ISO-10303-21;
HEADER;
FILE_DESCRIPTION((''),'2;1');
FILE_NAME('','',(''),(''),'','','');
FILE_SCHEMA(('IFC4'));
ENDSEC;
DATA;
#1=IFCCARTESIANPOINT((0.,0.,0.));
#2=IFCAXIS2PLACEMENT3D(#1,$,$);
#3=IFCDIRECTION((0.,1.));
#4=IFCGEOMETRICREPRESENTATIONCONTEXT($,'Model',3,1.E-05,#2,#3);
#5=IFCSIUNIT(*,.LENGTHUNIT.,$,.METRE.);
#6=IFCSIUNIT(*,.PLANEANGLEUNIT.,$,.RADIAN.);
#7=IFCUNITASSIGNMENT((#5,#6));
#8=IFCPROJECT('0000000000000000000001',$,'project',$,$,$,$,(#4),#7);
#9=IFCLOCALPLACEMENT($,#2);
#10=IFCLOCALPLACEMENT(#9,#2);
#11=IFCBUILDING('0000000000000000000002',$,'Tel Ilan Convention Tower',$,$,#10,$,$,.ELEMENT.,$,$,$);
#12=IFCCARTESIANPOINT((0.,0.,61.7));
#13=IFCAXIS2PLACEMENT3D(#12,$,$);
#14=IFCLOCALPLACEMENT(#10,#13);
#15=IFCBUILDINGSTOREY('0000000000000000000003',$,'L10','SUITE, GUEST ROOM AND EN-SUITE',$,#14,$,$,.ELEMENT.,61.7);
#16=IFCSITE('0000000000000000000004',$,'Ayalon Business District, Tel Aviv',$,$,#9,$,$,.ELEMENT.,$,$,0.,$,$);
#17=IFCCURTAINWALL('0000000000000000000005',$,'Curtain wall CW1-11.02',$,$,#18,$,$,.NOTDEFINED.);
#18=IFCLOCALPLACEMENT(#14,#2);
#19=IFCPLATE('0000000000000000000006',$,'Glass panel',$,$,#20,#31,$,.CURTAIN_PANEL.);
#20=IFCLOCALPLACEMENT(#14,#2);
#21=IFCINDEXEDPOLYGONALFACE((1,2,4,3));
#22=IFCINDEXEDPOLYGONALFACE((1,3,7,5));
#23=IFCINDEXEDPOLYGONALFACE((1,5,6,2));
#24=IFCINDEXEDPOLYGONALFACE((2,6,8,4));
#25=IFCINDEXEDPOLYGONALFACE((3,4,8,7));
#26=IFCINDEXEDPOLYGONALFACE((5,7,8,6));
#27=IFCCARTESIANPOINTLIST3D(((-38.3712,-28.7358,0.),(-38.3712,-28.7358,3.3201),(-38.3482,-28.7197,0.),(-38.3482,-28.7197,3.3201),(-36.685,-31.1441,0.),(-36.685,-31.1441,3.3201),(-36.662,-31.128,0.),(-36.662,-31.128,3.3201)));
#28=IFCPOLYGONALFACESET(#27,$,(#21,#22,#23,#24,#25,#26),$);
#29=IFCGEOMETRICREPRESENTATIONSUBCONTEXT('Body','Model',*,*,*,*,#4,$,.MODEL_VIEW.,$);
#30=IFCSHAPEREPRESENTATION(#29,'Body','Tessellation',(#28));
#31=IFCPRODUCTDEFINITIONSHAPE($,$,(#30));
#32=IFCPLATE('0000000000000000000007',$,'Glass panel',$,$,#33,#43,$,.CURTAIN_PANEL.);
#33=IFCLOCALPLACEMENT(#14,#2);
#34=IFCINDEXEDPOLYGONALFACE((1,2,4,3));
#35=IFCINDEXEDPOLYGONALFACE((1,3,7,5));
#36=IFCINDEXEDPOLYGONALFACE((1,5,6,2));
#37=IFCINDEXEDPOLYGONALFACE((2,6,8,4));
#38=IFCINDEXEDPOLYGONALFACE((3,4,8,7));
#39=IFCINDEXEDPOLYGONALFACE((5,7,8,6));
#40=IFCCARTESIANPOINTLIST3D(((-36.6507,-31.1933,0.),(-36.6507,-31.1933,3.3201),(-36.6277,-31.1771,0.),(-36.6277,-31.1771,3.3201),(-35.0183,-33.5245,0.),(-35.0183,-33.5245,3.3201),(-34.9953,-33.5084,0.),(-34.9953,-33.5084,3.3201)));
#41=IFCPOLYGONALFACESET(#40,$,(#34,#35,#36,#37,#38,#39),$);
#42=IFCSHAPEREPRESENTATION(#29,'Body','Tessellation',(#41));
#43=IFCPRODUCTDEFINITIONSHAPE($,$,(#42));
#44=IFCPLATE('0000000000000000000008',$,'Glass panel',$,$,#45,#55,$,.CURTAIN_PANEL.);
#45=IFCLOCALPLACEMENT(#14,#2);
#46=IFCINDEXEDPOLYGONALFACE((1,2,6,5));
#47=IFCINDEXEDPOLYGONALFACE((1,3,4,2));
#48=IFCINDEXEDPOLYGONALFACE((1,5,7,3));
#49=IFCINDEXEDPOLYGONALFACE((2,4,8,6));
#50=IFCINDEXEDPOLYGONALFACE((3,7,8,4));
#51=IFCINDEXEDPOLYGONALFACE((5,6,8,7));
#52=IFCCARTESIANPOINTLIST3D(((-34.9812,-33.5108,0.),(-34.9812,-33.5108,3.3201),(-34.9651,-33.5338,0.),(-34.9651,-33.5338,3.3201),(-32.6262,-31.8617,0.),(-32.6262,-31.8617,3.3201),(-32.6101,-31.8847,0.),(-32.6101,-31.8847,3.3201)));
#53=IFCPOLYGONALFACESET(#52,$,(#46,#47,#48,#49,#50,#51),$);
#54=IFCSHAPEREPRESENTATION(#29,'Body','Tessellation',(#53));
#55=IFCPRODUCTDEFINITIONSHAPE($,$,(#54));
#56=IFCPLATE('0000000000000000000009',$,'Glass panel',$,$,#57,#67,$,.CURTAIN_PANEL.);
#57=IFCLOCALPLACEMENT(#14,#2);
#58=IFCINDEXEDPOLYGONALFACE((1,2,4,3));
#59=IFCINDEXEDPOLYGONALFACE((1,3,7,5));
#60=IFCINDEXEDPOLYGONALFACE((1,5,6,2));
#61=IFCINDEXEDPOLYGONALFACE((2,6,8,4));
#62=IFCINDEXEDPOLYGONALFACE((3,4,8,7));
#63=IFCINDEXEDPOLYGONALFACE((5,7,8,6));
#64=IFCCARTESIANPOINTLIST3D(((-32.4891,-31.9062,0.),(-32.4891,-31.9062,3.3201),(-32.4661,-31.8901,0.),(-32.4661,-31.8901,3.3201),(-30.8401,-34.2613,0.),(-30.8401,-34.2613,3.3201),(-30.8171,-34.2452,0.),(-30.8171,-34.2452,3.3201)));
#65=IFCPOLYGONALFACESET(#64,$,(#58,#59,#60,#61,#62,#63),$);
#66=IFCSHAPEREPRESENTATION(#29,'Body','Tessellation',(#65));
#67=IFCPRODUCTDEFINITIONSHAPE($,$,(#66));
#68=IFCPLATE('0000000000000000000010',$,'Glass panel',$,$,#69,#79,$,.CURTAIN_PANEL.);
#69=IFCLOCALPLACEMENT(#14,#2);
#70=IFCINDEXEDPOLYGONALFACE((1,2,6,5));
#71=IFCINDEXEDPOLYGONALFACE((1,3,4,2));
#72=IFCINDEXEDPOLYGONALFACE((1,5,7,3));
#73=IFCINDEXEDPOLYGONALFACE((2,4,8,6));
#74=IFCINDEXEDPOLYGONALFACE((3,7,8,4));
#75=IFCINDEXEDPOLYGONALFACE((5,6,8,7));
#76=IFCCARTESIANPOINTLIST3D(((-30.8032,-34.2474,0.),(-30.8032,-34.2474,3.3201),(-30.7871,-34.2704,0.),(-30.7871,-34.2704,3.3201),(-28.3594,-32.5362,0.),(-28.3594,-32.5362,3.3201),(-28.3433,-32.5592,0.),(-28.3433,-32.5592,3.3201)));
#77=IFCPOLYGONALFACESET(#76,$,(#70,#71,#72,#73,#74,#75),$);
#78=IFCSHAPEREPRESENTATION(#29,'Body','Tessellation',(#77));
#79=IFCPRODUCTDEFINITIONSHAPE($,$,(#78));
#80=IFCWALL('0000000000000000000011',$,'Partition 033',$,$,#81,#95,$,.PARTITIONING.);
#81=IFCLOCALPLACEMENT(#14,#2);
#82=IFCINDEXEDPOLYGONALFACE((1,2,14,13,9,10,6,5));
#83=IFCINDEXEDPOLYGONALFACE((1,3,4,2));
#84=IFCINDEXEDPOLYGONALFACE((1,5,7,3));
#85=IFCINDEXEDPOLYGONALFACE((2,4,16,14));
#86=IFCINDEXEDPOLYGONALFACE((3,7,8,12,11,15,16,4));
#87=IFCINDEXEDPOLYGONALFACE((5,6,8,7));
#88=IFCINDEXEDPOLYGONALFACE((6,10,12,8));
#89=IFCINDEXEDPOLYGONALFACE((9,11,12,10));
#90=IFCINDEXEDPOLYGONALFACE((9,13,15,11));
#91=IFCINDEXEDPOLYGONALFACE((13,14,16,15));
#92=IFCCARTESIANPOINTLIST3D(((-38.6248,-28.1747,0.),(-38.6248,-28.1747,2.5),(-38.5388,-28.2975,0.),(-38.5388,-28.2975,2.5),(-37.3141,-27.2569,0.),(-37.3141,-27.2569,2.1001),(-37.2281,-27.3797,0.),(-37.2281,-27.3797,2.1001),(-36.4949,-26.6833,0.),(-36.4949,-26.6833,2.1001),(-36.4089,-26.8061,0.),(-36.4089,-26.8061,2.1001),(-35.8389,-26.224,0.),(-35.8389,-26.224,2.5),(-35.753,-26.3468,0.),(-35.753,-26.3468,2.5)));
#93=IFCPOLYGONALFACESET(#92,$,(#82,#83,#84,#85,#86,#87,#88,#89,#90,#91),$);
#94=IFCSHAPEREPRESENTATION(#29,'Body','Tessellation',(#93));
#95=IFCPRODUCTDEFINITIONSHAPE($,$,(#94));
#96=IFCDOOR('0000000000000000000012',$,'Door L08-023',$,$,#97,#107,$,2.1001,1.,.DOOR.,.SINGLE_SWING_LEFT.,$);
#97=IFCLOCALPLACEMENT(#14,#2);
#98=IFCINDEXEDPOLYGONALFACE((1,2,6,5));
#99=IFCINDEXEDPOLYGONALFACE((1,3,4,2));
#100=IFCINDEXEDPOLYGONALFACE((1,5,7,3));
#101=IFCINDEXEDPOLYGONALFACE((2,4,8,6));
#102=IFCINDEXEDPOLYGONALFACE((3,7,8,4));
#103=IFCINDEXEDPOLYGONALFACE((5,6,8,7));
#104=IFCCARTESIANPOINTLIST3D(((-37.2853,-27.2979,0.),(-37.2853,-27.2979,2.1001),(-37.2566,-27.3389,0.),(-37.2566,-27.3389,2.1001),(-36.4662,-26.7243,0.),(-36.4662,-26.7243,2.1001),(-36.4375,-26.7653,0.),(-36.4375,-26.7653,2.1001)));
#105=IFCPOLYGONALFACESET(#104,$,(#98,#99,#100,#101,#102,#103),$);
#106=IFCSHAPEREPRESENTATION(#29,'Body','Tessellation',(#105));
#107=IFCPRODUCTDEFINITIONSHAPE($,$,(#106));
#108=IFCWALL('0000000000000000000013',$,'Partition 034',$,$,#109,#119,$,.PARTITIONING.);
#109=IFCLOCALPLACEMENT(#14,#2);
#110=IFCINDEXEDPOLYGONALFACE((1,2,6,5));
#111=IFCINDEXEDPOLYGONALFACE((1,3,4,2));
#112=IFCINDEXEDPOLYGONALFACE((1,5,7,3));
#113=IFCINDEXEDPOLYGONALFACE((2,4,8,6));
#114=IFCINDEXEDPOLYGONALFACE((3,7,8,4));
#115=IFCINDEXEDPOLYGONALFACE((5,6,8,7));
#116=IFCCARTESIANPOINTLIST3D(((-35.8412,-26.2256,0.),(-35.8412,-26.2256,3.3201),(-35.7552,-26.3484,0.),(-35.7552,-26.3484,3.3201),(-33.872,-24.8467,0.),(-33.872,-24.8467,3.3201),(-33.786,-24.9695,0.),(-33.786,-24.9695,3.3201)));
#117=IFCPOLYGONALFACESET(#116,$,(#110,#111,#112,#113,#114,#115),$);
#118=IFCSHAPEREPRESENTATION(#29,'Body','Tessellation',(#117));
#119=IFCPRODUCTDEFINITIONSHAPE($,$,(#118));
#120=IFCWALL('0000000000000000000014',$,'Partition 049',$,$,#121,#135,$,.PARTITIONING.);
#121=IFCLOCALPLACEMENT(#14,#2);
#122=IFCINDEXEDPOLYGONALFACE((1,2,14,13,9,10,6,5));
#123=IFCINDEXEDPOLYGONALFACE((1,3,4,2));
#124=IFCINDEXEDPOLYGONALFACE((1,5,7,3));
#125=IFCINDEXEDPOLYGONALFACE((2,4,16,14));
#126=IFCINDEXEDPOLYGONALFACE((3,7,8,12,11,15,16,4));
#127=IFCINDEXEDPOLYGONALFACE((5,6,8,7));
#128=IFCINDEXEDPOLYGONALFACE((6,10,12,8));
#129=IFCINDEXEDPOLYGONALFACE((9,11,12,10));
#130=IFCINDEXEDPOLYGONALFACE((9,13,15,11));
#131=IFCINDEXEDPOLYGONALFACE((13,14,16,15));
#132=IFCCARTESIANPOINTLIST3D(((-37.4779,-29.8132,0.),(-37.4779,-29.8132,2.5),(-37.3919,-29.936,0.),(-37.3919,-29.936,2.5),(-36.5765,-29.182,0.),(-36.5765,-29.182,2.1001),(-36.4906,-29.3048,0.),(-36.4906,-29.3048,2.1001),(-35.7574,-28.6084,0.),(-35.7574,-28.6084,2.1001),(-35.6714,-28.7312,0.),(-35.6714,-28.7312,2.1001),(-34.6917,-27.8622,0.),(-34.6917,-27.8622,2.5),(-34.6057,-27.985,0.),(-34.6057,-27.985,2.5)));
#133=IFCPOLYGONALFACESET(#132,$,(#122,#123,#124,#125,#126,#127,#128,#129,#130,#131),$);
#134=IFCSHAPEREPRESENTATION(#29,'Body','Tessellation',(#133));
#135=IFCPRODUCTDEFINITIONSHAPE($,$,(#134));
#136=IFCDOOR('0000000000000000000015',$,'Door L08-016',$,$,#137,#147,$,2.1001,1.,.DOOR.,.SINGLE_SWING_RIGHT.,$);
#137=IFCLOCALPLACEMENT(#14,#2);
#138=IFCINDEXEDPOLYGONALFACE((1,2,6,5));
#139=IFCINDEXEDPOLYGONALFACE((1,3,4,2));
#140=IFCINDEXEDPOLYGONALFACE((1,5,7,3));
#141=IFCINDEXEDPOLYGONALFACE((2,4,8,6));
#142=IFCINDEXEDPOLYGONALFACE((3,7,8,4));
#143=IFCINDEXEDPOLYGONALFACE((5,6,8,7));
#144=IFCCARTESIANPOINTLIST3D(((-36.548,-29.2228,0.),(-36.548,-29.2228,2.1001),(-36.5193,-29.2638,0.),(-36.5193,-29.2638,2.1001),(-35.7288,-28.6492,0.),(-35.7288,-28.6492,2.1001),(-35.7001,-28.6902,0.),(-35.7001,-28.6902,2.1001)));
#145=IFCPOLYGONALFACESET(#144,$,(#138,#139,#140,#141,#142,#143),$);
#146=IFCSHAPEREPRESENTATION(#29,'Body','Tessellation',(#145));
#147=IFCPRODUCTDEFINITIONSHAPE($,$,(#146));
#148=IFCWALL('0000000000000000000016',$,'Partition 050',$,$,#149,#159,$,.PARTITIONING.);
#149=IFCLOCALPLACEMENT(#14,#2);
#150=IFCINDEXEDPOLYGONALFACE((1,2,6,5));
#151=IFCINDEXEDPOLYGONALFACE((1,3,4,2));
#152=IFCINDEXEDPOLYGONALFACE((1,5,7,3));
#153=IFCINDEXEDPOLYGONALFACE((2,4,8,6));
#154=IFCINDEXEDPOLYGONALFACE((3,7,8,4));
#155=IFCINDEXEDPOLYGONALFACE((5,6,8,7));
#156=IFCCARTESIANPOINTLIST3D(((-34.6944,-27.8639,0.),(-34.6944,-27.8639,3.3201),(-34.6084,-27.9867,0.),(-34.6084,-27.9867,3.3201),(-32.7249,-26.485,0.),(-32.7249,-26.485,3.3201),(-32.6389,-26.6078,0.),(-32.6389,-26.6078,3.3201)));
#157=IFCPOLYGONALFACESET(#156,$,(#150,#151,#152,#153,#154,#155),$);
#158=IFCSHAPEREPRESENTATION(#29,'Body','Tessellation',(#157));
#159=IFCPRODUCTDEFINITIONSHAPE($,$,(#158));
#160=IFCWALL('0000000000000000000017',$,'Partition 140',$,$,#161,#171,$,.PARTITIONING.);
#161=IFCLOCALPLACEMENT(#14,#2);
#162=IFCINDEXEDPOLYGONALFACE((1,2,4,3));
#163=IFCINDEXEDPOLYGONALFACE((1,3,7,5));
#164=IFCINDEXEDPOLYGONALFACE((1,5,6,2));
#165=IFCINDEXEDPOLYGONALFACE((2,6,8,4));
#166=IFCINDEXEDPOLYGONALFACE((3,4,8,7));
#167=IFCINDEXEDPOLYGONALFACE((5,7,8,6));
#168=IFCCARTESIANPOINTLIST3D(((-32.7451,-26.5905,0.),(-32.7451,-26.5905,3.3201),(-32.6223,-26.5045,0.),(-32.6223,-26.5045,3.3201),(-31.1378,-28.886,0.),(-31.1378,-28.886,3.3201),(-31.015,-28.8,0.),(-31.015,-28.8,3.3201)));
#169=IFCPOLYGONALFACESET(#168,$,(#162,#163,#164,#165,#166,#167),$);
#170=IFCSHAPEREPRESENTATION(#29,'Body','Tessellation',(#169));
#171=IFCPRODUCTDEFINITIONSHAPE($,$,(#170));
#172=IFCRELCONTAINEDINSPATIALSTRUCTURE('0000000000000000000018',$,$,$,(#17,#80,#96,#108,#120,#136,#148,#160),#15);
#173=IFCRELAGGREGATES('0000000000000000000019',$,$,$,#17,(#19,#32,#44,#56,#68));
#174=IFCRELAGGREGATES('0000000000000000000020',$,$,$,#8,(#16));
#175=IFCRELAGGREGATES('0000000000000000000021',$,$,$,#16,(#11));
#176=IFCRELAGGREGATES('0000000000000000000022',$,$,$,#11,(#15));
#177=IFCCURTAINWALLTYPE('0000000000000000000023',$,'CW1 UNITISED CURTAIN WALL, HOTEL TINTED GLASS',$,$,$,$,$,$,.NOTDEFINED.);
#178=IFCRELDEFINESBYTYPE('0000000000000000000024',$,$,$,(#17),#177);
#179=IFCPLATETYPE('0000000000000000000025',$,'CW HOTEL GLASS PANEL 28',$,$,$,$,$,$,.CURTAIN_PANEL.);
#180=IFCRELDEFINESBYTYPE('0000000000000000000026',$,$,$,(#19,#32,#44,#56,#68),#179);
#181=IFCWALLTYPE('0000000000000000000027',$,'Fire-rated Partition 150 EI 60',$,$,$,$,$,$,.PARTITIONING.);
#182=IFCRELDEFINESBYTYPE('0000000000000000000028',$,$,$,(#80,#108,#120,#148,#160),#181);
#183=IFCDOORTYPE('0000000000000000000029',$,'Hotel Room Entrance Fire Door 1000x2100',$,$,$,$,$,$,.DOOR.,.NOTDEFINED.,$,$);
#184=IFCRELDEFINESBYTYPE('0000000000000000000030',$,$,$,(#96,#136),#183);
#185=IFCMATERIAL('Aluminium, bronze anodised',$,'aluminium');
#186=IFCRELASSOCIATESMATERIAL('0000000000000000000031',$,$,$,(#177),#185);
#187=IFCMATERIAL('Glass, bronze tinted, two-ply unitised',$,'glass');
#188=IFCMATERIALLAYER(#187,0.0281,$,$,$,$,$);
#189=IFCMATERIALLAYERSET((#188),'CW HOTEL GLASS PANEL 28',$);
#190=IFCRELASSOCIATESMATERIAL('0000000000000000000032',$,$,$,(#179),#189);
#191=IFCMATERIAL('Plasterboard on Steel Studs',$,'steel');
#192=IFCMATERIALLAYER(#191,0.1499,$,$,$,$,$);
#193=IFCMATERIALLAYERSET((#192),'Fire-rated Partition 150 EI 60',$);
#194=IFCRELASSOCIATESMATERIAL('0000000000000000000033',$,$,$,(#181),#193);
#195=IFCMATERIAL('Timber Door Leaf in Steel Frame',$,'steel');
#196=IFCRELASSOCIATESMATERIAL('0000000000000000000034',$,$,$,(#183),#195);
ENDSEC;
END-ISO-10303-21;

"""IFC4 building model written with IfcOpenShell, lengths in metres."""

from ifc_helpers import new_model, si_unit, direction, frame, frame_2d, origin, origin_2d, place, context, subcontext, project, spatial, rectangle, extrude, material, layer, layer_set, type_object, element, fill, aggregate, save


model = new_model("IFC4")

# Units and contexts
model_context = context("Model", 3, precision=1e-05, world=origin(), true_north=direction((0.0, 1.0)))
body_context = subcontext(model_context, "Body", "Model", "MODEL_VIEW")
ifc_project = project(units=[si_unit("LENGTHUNIT", "METRE"), si_unit("PLANEANGLEUNIT", "RADIAN")], contexts=[model_context])

# Site, building, storey
site_placement = place(None, origin())
site = spatial("IfcSite", under=ifc_project, at=site_placement, Name="Ayalon Business District, Tel Aviv", CompositionType="ELEMENT", RefElevation=0.0)
building_placement = place(site_placement, origin())
building = spatial("IfcBuilding", under=site, at=building_placement, Name="Tel Ilan Convention Tower", CompositionType="ELEMENT")
storey_placement = place(building_placement, frame((0.0, 0.0, 61.7)))
storey = spatial("IfcBuildingStorey", under=building, at=storey_placement, Name="L10", Description="SUITE, GUEST ROOM AND EN-SUITE", CompositionType="ELEMENT", Elevation=61.7)

# Curtain wall, plates
ifc_material_1 = material(Name="Aluminium, bronze anodised", Category="aluminium")
curtain_wall_type = type_object("IfcCurtainWallType", Name="CW1 UNITISED CURTAIN WALL, HOTEL TINTED GLASS", PredefinedType="NOTDEFINED", material=ifc_material_1)
curtain_wall_placement = place(storey_placement, origin())
curtain_wall = element("IfcCurtainWall", 1, at=curtain_wall_placement, inside=storey, type_object=curtain_wall_type, Name="Curtain wall CW1-11.02", PredefinedType="NOTDEFINED")
ifc_material_2 = material(Name="Glass, bronze tinted, two-ply unitised", Category="glass")
ifc_layer_1 = layer(ifc_material_2, 0.0281)
ifc_layer_set_1 = layer_set([ifc_layer_1], Name="CW HOTEL GLASS PANEL 28")
plate_type = type_object("IfcPlateType", Name="CW HOTEL GLASS PANEL 28", PredefinedType="CURTAIN_PANEL", material=ifc_layer_set_1)
plate_1_placement = place(storey_placement, frame((-37.5166, -29.9319, 0.0), z_axis=(0.0, 0.0, 1.0), x_axis=(0.573576, -0.819152, 0.0)))
plate_1 = element("IfcPlate", 2, at=plate_1_placement, type_object=plate_type, Name="Glass panel", PredefinedType="CURTAIN_PANEL", context=body_context, shape_type="SweptSolid", body=[
    extrude(rectangle(XDim=2.9399, YDim=0.0281, at=origin_2d()), origin(), (0.0, 0.0, 1.0), 3.3201),
])
plate_2_placement = place(storey_placement, frame((-35.823, -32.3508, 0.0), z_axis=(0.0, 0.0, 1.0), x_axis=(0.573576, -0.819152, 0.0)))
plate_2 = element("IfcPlate", 3, at=plate_2_placement, type_object=plate_type, Name="Glass panel", PredefinedType="CURTAIN_PANEL", context=body_context, shape_type="SweptSolid", body=[
    extrude(rectangle(XDim=2.8459, YDim=0.0281, at=origin_2d()), origin(), (0.0, 0.0, 1.0), 3.3201),
])
plate_3_placement = place(storey_placement, frame((-33.7957, -32.6978, 0.0), z_axis=(0.0, 0.0, 1.0), x_axis=(0.819152, 0.573576, 0.0)))
plate_3 = element("IfcPlate", 4, at=plate_3_placement, type_object=plate_type, Name="Glass panel", PredefinedType="CURTAIN_PANEL", context=body_context, shape_type="SweptSolid", body=[
    extrude(rectangle(XDim=2.875, YDim=0.0281, at=origin_2d()), origin(), (0.0, 0.0, 1.0), 3.3201),
])
plate_4_placement = place(storey_placement, frame((-31.6531, -33.0757, 0.0), z_axis=(0.0, 0.0, 1.0), x_axis=(0.573576, -0.819152, 0.0)))
plate_4 = element("IfcPlate", 5, at=plate_4_placement, type_object=plate_type, Name="Glass panel", PredefinedType="CURTAIN_PANEL", context=body_context, shape_type="SweptSolid", body=[
    extrude(rectangle(XDim=2.875, YDim=0.0281, at=origin_2d()), origin(), (0.0, 0.0, 1.0), 3.3201),
])
plate_5_placement = place(storey_placement, frame((-29.5732, -33.4033, 0.0), z_axis=(0.0, 0.0, 1.0), x_axis=(0.819152, 0.573576, 0.0)))
plate_5 = element("IfcPlate", 6, at=plate_5_placement, type_object=plate_type, Name="Glass panel", PredefinedType="CURTAIN_PANEL", context=body_context, shape_type="SweptSolid", body=[
    extrude(rectangle(XDim=2.9834, YDim=0.0281, at=origin_2d()), origin(), (0.0, 0.0, 1.0), 3.3201),
])
aggregate(curtain_wall, [plate_1, plate_2, plate_3, plate_4, plate_5])

# Wall, opening, door
ifc_material_3 = material(Name="Plasterboard on Steel Studs", Category="steel")
ifc_layer_2 = layer(ifc_material_3, 0.1499)
ifc_layer_set_2 = layer_set([ifc_layer_2], Name="Fire-rated Partition 150 EI 60")
wall_type_1 = type_object("IfcWallType", Name="Fire-rated Partition 150 EI 60", PredefinedType="PARTITIONING", material=ifc_layer_set_2)
wall_1_placement = place(storey_placement, frame((-38.5818, -28.2361, 0.0), z_axis=(0.0, 0.0, 1.0), x_axis=(0.819154, 0.573573, 0.0)))
wall_1 = element("IfcWall", 7, at=wall_1_placement, inside=storey, type_object=wall_type_1, Name="Partition 033", PredefinedType="PARTITIONING", context=body_context, shape_type="SweptSolid", body=[
    extrude(rectangle(XDim=3.4009, YDim=0.1499, at=frame_2d((1.7004, 0.0))), origin(), (0.0, 0.0, 1.0), 2.5),
])
opening_1_placement = place(wall_1_placement, frame((1.6001, 0.0, 0.0)))
opening_1 = element("IfcOpeningElement", 8, at=opening_1_placement, cuts=wall_1, PredefinedType="OPENING", context=body_context, shape_type="SweptSolid", body=[
    extrude(rectangle(XDim=1.0, YDim=2.1001, at=frame_2d((0.5, 1.05))), frame((0.0, 0.085, 0.0), z_axis=(0.0, -1.0, 0.0), x_axis=(1.0, 0.0, 0.0)), (0.0, 0.0, 1.0), 0.1699),
])
ifc_material_4 = material(Name="Timber Door Leaf in Steel Frame", Category="steel")
door_type_1 = type_object("IfcDoorType", Name="Hotel Room Entrance Fire Door 1000x2100", OperationType="NOTDEFINED", PredefinedType="DOOR", material=ifc_material_4)
door_1_placement = place(opening_1_placement, origin())
door_1 = element("IfcDoor", 9, at=door_1_placement, inside=storey, type_object=door_type_1, Name="Door L08-023", OperationType="SINGLE_SWING_LEFT", OverallHeight=2.1001, OverallWidth=1.0, PredefinedType="DOOR", context=body_context, shape_type="SweptSolid", body=[
    extrude(rectangle(XDim=1.0, YDim=2.1001, at=frame_2d((0.5, 1.05))), frame((0.0, 0.0249, 0.0), z_axis=(0.0, -1.0, 0.0), x_axis=(1.0, 0.0, 0.0)), (0.0, 0.0, 1.0), 0.05),
])
fill(opening_1, door_1)

# Wall
wall_2_placement = place(storey_placement, frame((-35.7983, -26.2871, 0.0), z_axis=(0.0, 0.0, 1.0), x_axis=(0.819146, 0.573585, 0.0)))
element("IfcWall", 10, at=wall_2_placement, inside=storey, type_object=wall_type_1, Name="Partition 034", PredefinedType="PARTITIONING", context=body_context, shape_type="SweptSolid", body=[
    extrude(rectangle(XDim=2.4041, YDim=0.1499, at=frame_2d((1.2021, 0.0))), origin(), (0.0, 0.0, 1.0), 3.3201),
])

# Wall, opening, door
wall_3_placement = place(storey_placement, frame((-34.6487, -27.9236, 0.0), z_axis=(0.0, 0.0, 1.0), x_axis=(-0.819144, -0.573588, 0.0)))
wall_3 = element("IfcWall", 11, at=wall_3_placement, inside=storey, type_object=wall_type_1, Name="Partition 049", PredefinedType="PARTITIONING", context=body_context, shape_type="SweptSolid", body=[
    extrude(rectangle(XDim=3.4014, YDim=0.1499, at=frame_2d((1.7007, 0.0))), origin(), (0.0, 0.0, 1.0), 2.5),
])
opening_2_placement = place(wall_3_placement, frame((1.301, 0.0, 0.0)))
opening_2 = element("IfcOpeningElement", 12, at=opening_2_placement, cuts=wall_3, PredefinedType="OPENING", context=body_context, shape_type="SweptSolid", body=[
    extrude(rectangle(XDim=1.0, YDim=2.1001, at=frame_2d((0.5, 1.05))), frame((0.0, 0.085, 0.0), z_axis=(0.0, -1.0, 0.0), x_axis=(1.0, 0.0, 0.0)), (0.0, 0.0, 1.0), 0.1699),
])
door_2_placement = place(opening_2_placement, origin())
door_2 = element("IfcDoor", 13, at=door_2_placement, inside=storey, type_object=door_type_1, Name="Door L08-016", OperationType="SINGLE_SWING_RIGHT", OverallHeight=2.1001, OverallWidth=1.0, PredefinedType="DOOR", context=body_context, shape_type="SweptSolid", body=[
    extrude(rectangle(XDim=1.0, YDim=2.1001, at=frame_2d((0.5, 1.05))), frame((0.0, 0.0249, 0.0), z_axis=(0.0, -1.0, 0.0), x_axis=(1.0, 0.0, 0.0)), (0.0, 0.0, 1.0), 0.05),
])
fill(opening_2, door_2)

# Walls
wall_4_placement = place(storey_placement, frame((-32.6819, -26.5464, 0.0), z_axis=(0.0, 0.0, 1.0), x_axis=(-0.819179, -0.573537, 0.0)))
element("IfcWall", 14, at=wall_4_placement, inside=storey, type_object=wall_type_1, Name="Partition 050", PredefinedType="PARTITIONING", context=body_context, shape_type="SweptSolid", body=[
    extrude(rectangle(XDim=2.4043, YDim=0.1499, at=frame_2d((1.2021, 0.0))), origin(), (0.0, 0.0, 1.0), 3.3201),
])
wall_5_placement = place(storey_placement, frame((-31.0764, -28.843, 0.0), z_axis=(0.0, 0.0, 1.0), x_axis=(-0.573556, 0.819166, 0.0)))
element("IfcWall", 15, at=wall_5_placement, inside=storey, type_object=wall_type_1, Name="Partition 140", PredefinedType="PARTITIONING", context=body_context, shape_type="SweptSolid", body=[
    extrude(rectangle(XDim=2.8022, YDim=0.1499, at=frame_2d((1.4011, 0.0))), origin(), (0.0, 0.0, 1.0), 3.3201),
])

save(model, "model.ifc")
